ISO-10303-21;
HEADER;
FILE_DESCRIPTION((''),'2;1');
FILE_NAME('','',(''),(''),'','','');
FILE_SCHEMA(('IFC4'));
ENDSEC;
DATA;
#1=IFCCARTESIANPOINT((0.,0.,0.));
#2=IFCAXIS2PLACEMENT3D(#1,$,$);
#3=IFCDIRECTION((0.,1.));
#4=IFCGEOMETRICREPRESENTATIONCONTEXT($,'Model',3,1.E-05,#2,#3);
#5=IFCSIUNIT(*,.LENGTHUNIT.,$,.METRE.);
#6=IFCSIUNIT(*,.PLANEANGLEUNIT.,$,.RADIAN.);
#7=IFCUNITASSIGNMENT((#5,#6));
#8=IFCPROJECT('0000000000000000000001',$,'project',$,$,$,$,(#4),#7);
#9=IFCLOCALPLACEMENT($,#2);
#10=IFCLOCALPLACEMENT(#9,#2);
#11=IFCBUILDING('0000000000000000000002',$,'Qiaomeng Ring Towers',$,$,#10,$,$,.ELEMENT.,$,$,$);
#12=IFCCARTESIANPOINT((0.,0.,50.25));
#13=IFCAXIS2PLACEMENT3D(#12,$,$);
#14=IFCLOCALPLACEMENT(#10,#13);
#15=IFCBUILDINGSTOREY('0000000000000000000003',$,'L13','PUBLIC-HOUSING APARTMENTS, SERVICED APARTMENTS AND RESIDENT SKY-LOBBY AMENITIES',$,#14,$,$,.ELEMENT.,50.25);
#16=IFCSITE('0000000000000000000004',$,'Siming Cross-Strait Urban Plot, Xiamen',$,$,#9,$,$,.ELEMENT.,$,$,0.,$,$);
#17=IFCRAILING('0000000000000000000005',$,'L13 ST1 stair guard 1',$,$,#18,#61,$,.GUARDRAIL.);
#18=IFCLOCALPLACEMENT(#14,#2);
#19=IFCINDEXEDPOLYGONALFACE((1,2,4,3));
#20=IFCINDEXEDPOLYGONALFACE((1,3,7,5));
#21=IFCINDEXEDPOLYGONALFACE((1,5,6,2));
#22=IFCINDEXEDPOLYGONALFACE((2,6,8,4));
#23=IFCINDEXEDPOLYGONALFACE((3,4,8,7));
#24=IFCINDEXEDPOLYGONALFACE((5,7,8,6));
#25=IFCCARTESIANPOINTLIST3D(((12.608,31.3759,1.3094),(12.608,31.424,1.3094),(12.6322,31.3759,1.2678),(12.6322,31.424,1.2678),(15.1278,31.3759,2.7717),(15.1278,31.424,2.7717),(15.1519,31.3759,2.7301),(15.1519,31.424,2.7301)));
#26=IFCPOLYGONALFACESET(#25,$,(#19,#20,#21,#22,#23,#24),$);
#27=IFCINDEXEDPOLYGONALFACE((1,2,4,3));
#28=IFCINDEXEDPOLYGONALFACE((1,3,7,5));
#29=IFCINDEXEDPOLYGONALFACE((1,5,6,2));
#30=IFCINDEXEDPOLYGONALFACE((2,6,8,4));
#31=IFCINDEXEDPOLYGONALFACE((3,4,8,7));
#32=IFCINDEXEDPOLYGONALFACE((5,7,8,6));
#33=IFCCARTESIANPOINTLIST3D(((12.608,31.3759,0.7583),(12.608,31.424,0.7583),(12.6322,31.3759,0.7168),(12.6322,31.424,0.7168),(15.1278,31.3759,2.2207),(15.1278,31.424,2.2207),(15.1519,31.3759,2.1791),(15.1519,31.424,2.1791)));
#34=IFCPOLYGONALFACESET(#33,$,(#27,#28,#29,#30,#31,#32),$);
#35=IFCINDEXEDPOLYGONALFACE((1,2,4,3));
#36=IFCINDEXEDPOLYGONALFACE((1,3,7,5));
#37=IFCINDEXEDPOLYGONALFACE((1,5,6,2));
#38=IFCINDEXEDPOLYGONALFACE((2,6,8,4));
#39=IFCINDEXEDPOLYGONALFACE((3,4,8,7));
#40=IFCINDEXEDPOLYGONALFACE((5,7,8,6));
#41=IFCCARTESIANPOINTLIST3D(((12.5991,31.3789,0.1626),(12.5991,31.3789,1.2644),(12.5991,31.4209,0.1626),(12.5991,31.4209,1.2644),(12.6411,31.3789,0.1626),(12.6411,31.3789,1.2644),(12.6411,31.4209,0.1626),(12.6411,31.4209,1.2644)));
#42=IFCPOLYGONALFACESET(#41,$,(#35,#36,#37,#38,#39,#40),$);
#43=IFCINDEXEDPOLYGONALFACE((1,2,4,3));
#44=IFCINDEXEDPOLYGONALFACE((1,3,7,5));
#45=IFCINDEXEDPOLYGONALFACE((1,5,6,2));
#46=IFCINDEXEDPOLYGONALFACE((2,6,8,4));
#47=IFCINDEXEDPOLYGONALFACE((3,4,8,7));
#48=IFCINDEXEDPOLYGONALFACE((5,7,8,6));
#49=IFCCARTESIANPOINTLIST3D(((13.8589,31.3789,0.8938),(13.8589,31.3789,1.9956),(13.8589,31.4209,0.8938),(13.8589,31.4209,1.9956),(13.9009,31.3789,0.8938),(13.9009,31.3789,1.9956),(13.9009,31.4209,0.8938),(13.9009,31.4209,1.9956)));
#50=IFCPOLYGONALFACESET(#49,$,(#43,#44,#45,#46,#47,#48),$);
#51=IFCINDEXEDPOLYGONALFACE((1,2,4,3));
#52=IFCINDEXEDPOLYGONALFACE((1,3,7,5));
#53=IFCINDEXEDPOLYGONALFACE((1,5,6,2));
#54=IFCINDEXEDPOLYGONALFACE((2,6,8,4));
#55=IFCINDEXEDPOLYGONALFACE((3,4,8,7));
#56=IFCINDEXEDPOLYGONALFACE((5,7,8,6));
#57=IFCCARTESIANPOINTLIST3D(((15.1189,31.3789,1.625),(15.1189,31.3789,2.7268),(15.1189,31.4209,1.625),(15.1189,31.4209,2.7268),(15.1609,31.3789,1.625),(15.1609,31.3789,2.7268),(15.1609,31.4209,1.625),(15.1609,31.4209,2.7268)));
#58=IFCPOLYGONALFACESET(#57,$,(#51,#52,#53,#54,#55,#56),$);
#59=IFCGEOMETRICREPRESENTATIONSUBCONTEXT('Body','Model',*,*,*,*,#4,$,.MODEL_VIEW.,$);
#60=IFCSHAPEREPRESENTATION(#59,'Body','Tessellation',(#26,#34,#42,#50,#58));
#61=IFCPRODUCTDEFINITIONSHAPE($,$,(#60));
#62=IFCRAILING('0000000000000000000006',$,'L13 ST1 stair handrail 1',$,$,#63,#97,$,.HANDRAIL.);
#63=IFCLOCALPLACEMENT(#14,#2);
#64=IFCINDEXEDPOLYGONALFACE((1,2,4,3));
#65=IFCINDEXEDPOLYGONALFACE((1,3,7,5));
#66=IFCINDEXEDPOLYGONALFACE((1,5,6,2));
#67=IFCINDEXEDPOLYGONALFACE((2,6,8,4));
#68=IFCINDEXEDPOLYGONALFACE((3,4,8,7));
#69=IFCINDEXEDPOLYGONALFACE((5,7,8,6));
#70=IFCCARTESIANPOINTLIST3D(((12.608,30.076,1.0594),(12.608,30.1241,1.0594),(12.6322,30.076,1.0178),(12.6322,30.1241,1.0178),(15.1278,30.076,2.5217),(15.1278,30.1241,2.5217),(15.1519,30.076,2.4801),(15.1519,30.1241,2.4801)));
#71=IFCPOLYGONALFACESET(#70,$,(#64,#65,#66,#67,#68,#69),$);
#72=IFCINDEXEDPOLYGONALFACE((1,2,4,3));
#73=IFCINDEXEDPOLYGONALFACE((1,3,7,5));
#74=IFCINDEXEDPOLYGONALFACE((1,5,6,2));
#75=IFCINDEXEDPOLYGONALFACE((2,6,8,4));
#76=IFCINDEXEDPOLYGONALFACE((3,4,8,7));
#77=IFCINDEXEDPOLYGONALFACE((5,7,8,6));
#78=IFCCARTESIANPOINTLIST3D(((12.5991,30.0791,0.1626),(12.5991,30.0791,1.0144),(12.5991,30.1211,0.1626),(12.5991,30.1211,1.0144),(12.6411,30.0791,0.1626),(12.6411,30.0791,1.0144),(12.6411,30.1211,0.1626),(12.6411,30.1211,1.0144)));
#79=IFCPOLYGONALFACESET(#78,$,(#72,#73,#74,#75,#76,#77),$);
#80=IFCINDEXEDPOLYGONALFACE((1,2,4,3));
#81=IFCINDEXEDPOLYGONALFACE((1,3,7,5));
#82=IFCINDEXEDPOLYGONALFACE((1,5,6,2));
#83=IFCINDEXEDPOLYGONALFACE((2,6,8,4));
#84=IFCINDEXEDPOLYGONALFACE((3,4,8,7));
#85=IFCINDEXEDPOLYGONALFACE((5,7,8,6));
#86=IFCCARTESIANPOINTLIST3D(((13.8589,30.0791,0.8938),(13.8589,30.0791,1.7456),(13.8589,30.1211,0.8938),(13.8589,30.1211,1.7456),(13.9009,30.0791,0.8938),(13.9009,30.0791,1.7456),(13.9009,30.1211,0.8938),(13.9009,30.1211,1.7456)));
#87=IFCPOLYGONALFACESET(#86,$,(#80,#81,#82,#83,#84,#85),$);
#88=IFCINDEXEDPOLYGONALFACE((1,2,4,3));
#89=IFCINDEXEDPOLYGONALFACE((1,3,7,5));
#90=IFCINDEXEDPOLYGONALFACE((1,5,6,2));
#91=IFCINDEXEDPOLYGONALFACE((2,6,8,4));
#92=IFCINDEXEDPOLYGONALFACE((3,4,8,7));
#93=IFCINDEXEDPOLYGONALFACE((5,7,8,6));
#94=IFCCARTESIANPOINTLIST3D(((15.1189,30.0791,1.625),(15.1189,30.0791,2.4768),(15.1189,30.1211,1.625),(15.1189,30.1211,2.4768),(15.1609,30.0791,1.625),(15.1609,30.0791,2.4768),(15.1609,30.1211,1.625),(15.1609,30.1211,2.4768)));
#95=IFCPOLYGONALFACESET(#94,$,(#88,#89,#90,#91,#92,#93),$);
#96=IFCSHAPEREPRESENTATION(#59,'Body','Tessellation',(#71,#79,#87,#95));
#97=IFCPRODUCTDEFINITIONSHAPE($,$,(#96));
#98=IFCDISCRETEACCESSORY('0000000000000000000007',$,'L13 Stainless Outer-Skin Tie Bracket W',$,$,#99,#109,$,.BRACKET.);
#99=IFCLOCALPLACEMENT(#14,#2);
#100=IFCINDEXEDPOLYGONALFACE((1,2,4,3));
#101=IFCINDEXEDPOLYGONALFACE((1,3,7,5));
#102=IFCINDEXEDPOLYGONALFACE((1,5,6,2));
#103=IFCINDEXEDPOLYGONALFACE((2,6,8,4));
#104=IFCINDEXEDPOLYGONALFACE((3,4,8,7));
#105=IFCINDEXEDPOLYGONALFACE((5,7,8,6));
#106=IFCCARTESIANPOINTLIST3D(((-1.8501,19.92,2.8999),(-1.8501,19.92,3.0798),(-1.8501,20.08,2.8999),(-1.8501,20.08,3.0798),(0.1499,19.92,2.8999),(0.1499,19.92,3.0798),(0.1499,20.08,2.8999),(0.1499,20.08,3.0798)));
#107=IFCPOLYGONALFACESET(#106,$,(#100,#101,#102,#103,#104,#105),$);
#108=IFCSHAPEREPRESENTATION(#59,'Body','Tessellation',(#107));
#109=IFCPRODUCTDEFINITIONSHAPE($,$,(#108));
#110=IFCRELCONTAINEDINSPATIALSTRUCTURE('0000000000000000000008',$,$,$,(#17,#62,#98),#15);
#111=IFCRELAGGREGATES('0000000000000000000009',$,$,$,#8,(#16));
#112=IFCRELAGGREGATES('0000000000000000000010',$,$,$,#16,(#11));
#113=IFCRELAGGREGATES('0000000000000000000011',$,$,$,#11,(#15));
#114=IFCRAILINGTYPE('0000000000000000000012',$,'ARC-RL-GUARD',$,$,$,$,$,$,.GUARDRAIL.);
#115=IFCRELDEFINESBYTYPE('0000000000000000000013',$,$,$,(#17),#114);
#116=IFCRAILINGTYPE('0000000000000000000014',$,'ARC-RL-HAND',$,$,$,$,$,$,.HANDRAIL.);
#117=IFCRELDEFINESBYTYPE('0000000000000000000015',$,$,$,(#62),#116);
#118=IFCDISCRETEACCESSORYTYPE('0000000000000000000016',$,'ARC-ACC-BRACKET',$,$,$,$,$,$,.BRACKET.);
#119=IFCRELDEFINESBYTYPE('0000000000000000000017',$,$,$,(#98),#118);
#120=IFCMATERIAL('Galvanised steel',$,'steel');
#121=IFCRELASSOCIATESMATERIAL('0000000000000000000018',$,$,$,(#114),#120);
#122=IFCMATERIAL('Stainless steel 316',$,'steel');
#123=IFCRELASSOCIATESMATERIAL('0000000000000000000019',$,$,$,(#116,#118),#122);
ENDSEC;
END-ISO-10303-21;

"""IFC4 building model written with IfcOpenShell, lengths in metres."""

from ifc_helpers import new_model, si_unit, direction, frame, origin, origin_2d, place, context, subcontext, project, spatial, rectangle, extrude, source, transform, mapped, material, type_object, element, save


model = new_model("IFC4")

# Units and contexts
model_context = context("Model", 3, precision=1e-05, world=origin(), true_north=direction((0.0, 1.0)))
body_context = subcontext(model_context, "Body", "Model", "MODEL_VIEW")
ifc_project = project(units=[si_unit("LENGTHUNIT", "METRE"), si_unit("PLANEANGLEUNIT", "RADIAN")], contexts=[model_context])

# Site, building, storey
site_placement = place(None, origin())
site = spatial("IfcSite", under=ifc_project, at=site_placement, Name="Siming Cross-Strait Urban Plot, Xiamen", CompositionType="ELEMENT", RefElevation=0.0)
building_placement = place(site_placement, origin())
building = spatial("IfcBuilding", under=site, at=building_placement, Name="Qiaomeng Ring Towers", CompositionType="ELEMENT")
storey_placement = place(building_placement, frame((0.0, 0.0, 50.25)))
storey = spatial("IfcBuildingStorey", under=building, at=storey_placement, Name="L13", Description="PUBLIC-HOUSING APARTMENTS, SERVICED APARTMENTS AND RESIDENT SKY-LOBBY AMENITIES", CompositionType="ELEMENT", Elevation=50.25)

# Shared definitions
ifc_material_1 = material(Name="Stainless steel 316", Category="steel")

# Railings
ifc_material_2 = material(Name="Galvanised steel", Category="steel")
railing_type_1 = type_object("IfcRailingType", Name="ARC-RL-GUARD", PredefinedType="GUARDRAIL", material=ifc_material_2)
railing_1_placement = place(storey_placement, frame((12.6201, 31.3999, 0.1626)))
element("IfcRailing", 1, at=railing_1_placement, inside=storey, type_object=railing_type_1, Name="L13 ST1 stair guard 1", PredefinedType="GUARDRAIL", context=body_context, shape_type="SweptSolid", body=[
    extrude(rectangle(XDim=0.0481, YDim=0.0481, at=origin_2d()), frame((0.0, 0.0, 1.126), z_axis=(0.864892, 0.0, 0.501958), x_axis=(0.0, 1.0, 0.0)), (0.0, 0.0, 1.0), 2.9133),
    extrude(rectangle(XDim=0.0481, YDim=0.0481, at=origin_2d()), frame((0.0, 0.0, 0.575), z_axis=(0.864892, 0.0, 0.501958), x_axis=(0.0, 1.0, 0.0)), (0.0, 0.0, 1.0), 2.9133),
    extrude(rectangle(XDim=0.042, YDim=0.042, at=origin_2d()), origin(), (0.0, 0.0, 1.0), 1.1018),
    extrude(rectangle(XDim=0.042, YDim=0.042, at=origin_2d()), frame((1.2598, 0.0, 0.7312)), (0.0, 0.0, 1.0), 1.1018),
    extrude(rectangle(XDim=0.042, YDim=0.042, at=origin_2d()), frame((2.5198, 0.0, 1.4624)), (0.0, 0.0, 1.0), 1.1018),
])
railing_type_2 = type_object("IfcRailingType", Name="ARC-RL-HAND", PredefinedType="HANDRAIL", material=ifc_material_1)
railing_2_placement = place(storey_placement, frame((12.6201, 30.1001, 0.1626)))
element("IfcRailing", 2, at=railing_2_placement, inside=storey, type_object=railing_type_2, Name="L13 ST1 stair handrail 1", PredefinedType="HANDRAIL", context=body_context, shape_type="SweptSolid", body=[
    extrude(rectangle(XDim=0.0481, YDim=0.0481, at=origin_2d()), frame((0.0, 0.0, 0.876), z_axis=(0.864892, 0.0, 0.501958), x_axis=(0.0, 1.0, 0.0)), (0.0, 0.0, 1.0), 2.9133),
    extrude(rectangle(XDim=0.042, YDim=0.042, at=origin_2d()), origin(), (0.0, 0.0, 1.0), 0.8518),
    extrude(rectangle(XDim=0.042, YDim=0.042, at=origin_2d()), frame((1.2598, 0.0, 0.7312)), (0.0, 0.0, 1.0), 0.8518),
    extrude(rectangle(XDim=0.042, YDim=0.042, at=origin_2d()), frame((2.5198, 0.0, 1.4624)), (0.0, 0.0, 1.0), 0.8518),
])

# Discrete accessory
discrete_accessory_type = type_object("IfcDiscreteAccessoryType", Name="ARC-ACC-BRACKET", PredefinedType="BRACKET", material=ifc_material_1)
shared_shape_1 = source(origin(), body_context, "Body", "SweptSolid", [
    extrude(rectangle(XDim=2.0, YDim=0.1599, at=origin_2d()), origin(), (0.0, 0.0, 1.0), 0.1799),
])
discrete_accessory_placement = place(storey_placement, frame((-0.8501, 20.0, 2.8999), z_axis=(0.0, 0.0, 1.0), x_axis=(1.0, 0.0, 0.0)))
element("IfcDiscreteAccessory", 3, at=discrete_accessory_placement, inside=storey, type_object=discrete_accessory_type, Name="L13 Stainless Outer-Skin Tie Bracket W", PredefinedType="BRACKET", context=body_context, shape_type="MappedRepresentation", body=[
    mapped(shared_shape_1, transform((0.0, 0.0, 0.0), x_axis=(1.0, 0.0, 0.0), y_axis=(0.0, 1.0, 0.0), z_axis=(0.0, 0.0, 1.0), scale=1.0)),
])

save(model, "model.ifc")
